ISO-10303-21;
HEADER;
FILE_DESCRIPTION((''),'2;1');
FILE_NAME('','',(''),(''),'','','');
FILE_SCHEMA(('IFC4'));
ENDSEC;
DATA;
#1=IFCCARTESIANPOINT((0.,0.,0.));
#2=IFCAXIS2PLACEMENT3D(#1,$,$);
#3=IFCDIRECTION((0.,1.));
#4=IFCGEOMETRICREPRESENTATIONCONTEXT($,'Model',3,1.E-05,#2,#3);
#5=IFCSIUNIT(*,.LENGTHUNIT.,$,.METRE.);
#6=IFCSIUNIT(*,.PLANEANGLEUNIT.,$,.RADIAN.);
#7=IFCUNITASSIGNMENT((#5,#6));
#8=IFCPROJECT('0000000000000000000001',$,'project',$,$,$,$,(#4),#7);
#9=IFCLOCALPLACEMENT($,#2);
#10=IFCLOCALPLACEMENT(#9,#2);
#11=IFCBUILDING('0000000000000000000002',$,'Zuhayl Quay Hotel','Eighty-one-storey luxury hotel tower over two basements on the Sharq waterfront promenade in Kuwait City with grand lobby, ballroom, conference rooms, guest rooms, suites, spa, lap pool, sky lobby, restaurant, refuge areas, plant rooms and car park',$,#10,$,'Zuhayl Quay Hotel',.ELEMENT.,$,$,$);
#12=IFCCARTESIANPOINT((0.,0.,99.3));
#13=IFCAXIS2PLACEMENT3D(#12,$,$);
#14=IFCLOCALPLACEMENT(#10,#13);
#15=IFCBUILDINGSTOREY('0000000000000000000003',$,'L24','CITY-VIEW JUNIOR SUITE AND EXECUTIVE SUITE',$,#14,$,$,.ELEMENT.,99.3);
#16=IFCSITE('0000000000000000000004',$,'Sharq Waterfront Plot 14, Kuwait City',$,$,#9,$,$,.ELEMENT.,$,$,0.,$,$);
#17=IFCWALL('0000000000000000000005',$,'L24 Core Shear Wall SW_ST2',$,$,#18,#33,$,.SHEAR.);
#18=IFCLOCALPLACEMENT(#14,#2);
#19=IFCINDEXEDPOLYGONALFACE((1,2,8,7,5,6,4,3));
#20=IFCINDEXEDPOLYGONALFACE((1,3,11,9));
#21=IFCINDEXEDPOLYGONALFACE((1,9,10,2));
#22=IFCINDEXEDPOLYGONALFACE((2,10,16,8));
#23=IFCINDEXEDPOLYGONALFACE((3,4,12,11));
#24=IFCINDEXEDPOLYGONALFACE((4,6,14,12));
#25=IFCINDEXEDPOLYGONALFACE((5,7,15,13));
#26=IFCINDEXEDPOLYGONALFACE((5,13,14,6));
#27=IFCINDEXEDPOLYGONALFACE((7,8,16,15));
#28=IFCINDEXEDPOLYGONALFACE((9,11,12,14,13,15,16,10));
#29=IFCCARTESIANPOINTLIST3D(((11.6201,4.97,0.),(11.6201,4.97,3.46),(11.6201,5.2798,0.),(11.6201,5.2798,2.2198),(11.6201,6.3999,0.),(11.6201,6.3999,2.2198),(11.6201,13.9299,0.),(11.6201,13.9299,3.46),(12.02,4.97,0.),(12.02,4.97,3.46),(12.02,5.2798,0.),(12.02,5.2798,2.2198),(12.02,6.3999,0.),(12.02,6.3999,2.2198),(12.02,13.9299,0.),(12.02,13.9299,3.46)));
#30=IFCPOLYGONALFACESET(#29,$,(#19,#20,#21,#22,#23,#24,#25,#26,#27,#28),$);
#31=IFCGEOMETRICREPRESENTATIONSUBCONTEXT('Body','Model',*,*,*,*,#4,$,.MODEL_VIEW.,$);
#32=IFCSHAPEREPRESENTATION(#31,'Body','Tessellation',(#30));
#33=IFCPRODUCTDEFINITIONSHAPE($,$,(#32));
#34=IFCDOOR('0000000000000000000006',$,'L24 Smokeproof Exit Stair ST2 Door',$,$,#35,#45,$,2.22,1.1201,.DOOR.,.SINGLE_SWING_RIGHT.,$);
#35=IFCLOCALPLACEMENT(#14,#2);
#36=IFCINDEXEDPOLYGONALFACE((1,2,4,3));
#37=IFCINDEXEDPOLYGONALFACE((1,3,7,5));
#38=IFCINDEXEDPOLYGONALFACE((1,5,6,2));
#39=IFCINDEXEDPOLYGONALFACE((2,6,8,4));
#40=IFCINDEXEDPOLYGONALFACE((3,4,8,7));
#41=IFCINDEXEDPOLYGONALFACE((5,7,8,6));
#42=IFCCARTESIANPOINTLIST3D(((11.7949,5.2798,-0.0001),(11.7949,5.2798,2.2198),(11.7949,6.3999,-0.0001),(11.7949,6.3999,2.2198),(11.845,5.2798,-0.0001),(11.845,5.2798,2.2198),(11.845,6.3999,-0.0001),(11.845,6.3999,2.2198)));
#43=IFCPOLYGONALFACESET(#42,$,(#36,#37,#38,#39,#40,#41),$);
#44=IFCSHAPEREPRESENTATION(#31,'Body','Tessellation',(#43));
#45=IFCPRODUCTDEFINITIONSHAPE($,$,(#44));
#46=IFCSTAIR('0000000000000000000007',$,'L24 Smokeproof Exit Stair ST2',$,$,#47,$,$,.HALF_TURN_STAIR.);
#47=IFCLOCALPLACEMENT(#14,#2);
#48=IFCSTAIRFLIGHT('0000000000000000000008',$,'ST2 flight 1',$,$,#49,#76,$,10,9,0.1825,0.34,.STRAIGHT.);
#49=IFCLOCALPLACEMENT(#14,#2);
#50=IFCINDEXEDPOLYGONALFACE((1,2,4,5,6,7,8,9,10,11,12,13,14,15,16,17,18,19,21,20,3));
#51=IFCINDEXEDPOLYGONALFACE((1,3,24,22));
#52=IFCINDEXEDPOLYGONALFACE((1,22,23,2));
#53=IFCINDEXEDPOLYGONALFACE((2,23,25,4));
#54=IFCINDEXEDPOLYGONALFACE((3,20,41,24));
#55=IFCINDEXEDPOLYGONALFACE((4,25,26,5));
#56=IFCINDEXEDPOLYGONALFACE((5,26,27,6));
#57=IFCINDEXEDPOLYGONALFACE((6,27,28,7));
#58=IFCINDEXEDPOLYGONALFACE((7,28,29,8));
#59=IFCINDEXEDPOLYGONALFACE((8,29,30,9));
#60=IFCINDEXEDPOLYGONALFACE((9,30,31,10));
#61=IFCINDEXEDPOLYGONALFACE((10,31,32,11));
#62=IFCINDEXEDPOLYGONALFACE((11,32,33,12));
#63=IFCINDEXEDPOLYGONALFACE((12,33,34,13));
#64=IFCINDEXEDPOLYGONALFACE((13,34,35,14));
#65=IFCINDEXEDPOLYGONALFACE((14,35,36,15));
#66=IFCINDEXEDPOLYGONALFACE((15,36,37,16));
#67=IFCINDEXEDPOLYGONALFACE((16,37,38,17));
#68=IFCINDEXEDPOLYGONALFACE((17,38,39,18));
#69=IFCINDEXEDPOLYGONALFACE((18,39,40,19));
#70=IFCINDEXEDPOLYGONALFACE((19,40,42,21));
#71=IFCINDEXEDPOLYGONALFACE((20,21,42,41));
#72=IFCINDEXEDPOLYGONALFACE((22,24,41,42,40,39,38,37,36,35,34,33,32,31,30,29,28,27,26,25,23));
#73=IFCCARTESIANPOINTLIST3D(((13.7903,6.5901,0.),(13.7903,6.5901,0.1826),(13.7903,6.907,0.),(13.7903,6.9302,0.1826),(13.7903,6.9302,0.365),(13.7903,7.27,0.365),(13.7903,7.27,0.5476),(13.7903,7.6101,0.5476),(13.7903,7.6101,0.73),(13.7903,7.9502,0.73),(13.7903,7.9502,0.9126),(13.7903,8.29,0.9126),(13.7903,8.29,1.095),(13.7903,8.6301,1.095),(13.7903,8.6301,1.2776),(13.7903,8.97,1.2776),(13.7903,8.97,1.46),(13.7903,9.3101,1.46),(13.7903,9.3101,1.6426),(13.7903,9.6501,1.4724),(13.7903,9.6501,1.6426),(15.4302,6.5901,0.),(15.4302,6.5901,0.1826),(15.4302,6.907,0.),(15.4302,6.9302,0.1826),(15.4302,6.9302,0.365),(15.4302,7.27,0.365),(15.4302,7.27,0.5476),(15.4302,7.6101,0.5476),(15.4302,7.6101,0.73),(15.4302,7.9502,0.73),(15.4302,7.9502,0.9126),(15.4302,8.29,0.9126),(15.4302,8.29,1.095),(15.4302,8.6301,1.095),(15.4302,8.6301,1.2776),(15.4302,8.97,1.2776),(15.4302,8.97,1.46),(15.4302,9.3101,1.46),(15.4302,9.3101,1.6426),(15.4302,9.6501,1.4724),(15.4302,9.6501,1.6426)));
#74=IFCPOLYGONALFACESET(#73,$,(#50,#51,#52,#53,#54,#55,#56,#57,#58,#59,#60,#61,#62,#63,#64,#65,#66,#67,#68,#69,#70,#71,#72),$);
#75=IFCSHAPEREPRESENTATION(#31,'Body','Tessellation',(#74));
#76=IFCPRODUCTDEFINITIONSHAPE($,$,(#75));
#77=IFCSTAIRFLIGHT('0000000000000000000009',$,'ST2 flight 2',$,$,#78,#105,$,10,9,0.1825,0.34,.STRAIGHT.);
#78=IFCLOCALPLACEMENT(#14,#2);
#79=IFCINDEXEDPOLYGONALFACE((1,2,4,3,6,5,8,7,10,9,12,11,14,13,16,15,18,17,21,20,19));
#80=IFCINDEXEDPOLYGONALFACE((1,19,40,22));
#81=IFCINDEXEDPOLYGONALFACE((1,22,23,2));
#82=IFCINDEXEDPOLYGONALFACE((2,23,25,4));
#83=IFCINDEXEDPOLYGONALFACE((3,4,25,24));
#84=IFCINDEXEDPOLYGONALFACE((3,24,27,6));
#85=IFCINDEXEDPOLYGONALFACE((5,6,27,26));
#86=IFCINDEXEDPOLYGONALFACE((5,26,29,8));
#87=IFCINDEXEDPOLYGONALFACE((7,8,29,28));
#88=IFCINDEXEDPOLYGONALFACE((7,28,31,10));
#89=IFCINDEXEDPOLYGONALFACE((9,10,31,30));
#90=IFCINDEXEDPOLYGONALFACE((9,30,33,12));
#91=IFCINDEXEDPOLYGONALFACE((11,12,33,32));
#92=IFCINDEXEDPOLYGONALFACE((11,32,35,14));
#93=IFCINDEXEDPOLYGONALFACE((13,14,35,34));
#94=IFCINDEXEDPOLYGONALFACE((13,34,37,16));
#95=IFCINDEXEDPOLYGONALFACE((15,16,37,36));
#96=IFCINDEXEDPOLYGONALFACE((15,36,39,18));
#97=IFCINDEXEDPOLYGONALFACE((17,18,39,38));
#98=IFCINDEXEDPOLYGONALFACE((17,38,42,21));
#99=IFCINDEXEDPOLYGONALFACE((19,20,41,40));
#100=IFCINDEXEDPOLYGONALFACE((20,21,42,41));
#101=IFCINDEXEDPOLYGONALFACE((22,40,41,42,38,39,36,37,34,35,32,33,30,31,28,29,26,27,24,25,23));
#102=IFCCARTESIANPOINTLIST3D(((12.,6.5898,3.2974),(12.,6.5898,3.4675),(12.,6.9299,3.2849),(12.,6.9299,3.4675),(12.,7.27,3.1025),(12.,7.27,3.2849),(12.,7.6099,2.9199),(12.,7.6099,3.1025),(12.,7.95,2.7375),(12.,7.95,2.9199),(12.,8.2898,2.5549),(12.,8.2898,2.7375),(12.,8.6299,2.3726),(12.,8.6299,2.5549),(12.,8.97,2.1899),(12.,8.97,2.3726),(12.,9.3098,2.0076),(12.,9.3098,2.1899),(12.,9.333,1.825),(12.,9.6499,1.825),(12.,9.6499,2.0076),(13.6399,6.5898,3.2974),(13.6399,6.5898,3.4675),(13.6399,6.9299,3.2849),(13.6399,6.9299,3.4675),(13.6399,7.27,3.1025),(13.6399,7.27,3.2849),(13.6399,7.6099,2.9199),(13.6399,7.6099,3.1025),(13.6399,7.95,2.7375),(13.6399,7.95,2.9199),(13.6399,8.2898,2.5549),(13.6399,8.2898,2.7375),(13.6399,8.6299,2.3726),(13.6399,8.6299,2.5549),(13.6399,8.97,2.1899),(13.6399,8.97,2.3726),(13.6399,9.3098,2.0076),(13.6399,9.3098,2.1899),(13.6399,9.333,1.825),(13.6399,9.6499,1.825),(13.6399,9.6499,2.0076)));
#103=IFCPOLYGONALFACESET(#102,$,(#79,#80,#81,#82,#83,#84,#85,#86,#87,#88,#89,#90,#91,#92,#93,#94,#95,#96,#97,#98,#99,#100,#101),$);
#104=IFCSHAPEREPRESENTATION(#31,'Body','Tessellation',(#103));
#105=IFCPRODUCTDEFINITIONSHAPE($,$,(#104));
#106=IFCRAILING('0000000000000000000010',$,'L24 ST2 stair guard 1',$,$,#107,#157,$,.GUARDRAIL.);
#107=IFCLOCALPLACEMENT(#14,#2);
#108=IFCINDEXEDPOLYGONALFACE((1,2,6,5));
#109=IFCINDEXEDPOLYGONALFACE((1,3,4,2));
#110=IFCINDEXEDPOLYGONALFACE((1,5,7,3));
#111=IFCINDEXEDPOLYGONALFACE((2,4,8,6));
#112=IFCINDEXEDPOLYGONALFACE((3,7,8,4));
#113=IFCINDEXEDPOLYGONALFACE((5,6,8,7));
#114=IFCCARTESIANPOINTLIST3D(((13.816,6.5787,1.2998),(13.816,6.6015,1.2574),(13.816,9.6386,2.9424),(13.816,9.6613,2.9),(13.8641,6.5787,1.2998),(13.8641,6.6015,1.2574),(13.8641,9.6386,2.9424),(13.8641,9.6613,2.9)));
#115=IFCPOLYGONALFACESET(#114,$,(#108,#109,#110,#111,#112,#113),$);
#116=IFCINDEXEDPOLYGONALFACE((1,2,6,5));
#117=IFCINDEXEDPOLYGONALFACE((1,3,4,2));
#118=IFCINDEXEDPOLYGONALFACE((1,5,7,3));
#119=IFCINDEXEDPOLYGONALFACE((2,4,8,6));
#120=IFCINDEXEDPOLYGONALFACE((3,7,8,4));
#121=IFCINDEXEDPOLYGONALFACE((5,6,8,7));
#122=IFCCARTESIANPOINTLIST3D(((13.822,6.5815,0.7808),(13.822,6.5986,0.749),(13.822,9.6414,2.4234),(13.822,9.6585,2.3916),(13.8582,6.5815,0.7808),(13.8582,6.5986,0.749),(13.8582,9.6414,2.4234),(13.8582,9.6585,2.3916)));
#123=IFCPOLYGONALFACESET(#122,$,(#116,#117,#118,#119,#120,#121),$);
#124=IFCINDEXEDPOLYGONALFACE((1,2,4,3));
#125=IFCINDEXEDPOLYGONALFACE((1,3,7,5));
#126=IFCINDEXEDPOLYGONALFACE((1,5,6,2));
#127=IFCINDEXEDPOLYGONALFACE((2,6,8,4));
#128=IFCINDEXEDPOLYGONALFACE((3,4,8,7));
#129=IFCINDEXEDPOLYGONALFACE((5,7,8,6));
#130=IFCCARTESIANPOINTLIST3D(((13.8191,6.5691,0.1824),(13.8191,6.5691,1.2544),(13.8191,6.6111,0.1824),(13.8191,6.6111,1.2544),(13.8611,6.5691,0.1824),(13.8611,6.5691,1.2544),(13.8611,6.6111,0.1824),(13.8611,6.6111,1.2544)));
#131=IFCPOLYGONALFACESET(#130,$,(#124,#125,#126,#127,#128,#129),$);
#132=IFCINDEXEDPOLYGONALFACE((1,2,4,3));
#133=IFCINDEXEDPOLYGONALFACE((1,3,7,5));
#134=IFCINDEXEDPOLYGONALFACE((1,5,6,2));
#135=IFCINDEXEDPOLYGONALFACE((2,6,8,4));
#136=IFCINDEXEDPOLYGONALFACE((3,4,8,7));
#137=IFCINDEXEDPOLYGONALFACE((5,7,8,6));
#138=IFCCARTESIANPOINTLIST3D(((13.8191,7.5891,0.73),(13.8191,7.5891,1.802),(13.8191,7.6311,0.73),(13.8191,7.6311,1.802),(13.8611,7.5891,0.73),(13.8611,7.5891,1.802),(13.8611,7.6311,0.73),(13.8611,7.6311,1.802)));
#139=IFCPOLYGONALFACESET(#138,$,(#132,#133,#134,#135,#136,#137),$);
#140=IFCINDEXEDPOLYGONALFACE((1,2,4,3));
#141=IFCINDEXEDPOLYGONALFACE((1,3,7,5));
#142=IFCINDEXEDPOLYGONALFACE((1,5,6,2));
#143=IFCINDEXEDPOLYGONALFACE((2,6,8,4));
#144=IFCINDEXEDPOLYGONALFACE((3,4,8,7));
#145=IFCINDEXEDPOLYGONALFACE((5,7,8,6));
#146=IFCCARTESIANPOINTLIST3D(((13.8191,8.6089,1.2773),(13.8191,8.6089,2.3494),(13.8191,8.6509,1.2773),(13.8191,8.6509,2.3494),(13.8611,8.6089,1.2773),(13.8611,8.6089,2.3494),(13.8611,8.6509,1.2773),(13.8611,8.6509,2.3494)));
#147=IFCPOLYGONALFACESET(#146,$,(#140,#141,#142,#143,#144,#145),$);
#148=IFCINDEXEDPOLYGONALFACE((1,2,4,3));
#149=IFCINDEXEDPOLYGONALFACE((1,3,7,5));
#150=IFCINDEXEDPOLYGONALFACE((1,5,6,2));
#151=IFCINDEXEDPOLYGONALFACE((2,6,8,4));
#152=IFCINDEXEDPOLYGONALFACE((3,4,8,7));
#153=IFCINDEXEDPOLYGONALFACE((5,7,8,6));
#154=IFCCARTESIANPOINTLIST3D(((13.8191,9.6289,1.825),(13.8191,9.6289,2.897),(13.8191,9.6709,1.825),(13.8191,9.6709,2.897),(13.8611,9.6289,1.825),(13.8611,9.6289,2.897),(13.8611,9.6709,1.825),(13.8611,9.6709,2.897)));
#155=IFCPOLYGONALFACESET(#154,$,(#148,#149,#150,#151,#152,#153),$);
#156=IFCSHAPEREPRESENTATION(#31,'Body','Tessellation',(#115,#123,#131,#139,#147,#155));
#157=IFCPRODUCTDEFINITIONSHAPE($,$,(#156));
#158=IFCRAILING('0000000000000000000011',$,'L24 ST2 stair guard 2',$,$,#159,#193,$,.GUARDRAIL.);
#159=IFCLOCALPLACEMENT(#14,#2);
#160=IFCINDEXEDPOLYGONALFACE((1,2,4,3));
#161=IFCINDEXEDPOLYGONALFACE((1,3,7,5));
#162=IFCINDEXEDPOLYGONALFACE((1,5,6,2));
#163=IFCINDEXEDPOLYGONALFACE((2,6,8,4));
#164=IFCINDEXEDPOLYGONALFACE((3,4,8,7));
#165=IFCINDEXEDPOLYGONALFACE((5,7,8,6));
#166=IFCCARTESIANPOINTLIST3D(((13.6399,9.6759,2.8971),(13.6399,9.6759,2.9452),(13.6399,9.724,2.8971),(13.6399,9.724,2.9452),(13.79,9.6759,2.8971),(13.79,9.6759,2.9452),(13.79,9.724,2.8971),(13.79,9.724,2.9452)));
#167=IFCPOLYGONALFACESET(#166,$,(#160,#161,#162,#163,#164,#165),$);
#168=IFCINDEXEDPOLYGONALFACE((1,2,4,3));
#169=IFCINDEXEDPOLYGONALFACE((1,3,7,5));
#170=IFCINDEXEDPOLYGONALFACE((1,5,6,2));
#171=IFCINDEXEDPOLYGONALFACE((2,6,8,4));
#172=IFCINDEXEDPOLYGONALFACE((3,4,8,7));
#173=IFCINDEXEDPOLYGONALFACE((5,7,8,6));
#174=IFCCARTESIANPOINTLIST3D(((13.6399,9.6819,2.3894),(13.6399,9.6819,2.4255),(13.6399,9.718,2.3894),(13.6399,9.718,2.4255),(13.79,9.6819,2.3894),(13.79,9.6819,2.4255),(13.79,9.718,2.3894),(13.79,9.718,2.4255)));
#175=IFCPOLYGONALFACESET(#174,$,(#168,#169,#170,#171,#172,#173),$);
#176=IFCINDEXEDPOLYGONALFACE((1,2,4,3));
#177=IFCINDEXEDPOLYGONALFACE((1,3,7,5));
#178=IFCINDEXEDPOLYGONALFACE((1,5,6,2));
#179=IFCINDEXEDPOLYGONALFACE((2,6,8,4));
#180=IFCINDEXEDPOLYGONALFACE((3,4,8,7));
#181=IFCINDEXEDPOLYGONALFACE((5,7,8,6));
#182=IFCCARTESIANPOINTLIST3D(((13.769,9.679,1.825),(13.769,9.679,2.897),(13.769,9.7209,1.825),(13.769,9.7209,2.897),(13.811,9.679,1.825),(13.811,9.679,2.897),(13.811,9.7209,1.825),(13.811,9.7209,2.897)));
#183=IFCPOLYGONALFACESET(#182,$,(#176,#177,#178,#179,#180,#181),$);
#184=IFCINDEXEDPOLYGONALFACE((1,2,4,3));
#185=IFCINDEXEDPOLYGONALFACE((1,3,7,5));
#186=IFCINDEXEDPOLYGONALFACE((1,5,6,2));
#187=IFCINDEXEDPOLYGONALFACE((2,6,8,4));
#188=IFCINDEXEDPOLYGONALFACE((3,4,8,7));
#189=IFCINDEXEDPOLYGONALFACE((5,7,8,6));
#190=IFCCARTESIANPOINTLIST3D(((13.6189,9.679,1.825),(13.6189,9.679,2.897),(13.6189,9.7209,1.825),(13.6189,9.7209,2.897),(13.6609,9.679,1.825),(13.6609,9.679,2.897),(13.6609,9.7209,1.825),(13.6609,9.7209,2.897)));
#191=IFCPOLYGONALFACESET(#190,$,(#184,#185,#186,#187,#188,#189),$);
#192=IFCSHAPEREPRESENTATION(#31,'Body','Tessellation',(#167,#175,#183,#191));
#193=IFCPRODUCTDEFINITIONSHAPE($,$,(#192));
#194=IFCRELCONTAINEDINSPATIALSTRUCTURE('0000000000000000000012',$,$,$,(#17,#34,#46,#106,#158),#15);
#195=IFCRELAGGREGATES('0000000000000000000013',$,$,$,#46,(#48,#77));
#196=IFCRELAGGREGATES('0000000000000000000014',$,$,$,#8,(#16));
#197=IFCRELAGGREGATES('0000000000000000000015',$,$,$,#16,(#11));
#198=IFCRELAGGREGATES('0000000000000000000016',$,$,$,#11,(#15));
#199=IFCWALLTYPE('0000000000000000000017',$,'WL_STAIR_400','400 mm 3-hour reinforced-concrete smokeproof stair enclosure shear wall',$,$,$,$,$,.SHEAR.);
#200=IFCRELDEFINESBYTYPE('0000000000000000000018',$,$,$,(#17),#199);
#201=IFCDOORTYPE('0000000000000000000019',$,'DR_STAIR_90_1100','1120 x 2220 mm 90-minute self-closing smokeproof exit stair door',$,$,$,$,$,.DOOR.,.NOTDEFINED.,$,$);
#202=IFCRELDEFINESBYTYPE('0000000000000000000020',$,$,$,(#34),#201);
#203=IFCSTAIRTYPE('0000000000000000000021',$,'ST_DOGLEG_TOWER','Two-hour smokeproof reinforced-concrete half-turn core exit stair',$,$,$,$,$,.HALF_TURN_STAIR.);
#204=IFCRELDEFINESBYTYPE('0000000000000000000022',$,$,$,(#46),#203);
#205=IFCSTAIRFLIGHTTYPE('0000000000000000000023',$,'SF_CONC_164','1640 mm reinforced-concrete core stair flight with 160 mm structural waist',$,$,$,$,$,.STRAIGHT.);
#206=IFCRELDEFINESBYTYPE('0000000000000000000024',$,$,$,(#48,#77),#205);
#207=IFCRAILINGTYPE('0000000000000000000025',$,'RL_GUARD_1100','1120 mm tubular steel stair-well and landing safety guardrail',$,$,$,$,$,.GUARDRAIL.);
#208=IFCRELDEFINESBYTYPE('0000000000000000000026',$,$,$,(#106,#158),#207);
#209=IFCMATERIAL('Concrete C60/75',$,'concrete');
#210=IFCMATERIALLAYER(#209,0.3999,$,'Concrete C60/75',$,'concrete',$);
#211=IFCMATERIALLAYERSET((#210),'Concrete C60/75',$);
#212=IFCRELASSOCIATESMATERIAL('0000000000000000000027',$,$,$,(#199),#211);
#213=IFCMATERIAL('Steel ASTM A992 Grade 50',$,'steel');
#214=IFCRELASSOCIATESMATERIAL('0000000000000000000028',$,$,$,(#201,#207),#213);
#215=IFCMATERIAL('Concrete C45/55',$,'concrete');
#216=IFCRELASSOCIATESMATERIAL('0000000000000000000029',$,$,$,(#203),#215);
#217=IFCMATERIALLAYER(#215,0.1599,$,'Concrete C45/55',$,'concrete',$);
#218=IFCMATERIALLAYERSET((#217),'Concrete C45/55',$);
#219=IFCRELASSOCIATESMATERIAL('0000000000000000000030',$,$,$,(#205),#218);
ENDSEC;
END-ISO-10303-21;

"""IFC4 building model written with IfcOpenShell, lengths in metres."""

from ifc_helpers import new_model, si_unit, direction, frame, frame_2d, origin, origin_2d, place, context, subcontext, project, spatial, polyline, rectangle, outline, extrude, material, layer, layer_set, type_object, element, fill, aggregate, save


model = new_model("IFC4")

# Units and contexts
model_context = context("Model", 3, precision=1e-05, world=origin(), true_north=direction((0.0, 1.0)))
body_context = subcontext(model_context, "Body", "Model", "MODEL_VIEW")
ifc_project = project(units=[si_unit("LENGTHUNIT", "METRE"), si_unit("PLANEANGLEUNIT", "RADIAN")], contexts=[model_context])

# Site, building, storey
site_placement = place(None, origin())
site = spatial("IfcSite", under=ifc_project, at=site_placement, Name="Sharq Waterfront Plot 14, Kuwait City", CompositionType="ELEMENT", RefElevation=0.0)
building_placement = place(site_placement, origin())
building = spatial("IfcBuilding", under=site, at=building_placement, Name="Zuhayl Quay Hotel", Description="Eighty-one-storey luxury hotel tower over two basements on the Sharq waterfront promenade in Kuwait City with grand lobby, ballroom, conference rooms, guest rooms, suites, spa, lap pool, sky lobby, restaurant, refuge areas, plant rooms and car park", LongName="Zuhayl Quay Hotel", CompositionType="ELEMENT")
storey_placement = place(building_placement, frame((0.0, 0.0, 99.3)))
storey = spatial("IfcBuildingStorey", under=building, at=storey_placement, Name="L24", Description="CITY-VIEW JUNIOR SUITE AND EXECUTIVE SUITE", CompositionType="ELEMENT", Elevation=99.3)

# Shared definitions
ifc_material_1 = material(Name="Steel ASTM A992 Grade 50", Category="steel")

# Shared definitions
ifc_material_2 = material(Name="Concrete C60/75", Category="concrete")

# Wall, opening, door
ifc_layer_1 = layer(ifc_material_2, 0.3999, Name="Concrete C60/75", Category="concrete")
ifc_layer_set_1 = layer_set([ifc_layer_1], Name="Concrete C60/75")
wall_type_1 = type_object("IfcWallType", Name="WL_STAIR_400", Description="400 mm 3-hour reinforced-concrete smokeproof stair enclosure shear wall", PredefinedType="SHEAR", material=ifc_layer_set_1)
wall_1_placement = place(storey_placement, frame((11.8201, 13.9299, 0.0), z_axis=(0.0, 0.0, 1.0), x_axis=(0.0, -1.0, 0.0)))
wall_1 = element("IfcWall", 1, at=wall_1_placement, inside=storey, type_object=wall_type_1, Name="L24 Core Shear Wall SW_ST2", PredefinedType="SHEAR", context=body_context, shape_type="SweptSolid", body=[
    extrude(rectangle(XDim=8.96, YDim=0.3999, at=frame_2d((4.48, 0.0))), origin(), (0.0, 0.0, 1.0), 3.46),
])
opening_1_placement = place(wall_1_placement, frame((7.53, 0.0, 0.0)))
opening_1 = element("IfcOpeningElement", 2, at=opening_1_placement, cuts=wall_1, PredefinedType="OPENING", context=body_context, shape_type="SweptSolid", body=[
    extrude(rectangle(XDim=1.1201, YDim=2.22, at=frame_2d((0.5601, 1.1099))), frame((0.0, 0.21, 0.0), z_axis=(0.0, -1.0, 0.0), x_axis=(1.0, 0.0, 0.0)), (0.0, 0.0, 1.0), 0.4199),
])
door_type_1 = type_object("IfcDoorType", Name="DR_STAIR_90_1100", Description="1120 x 2220 mm 90-minute self-closing smokeproof exit stair door", OperationType="NOTDEFINED", PredefinedType="DOOR", material=ifc_material_1)
door_1_placement = place(opening_1_placement, origin())
door_1 = element("IfcDoor", 3, at=door_1_placement, inside=storey, type_object=door_type_1, Name="L24 Smokeproof Exit Stair ST2 Door", OperationType="SINGLE_SWING_RIGHT", OverallHeight=2.22, OverallWidth=1.1201, PredefinedType="DOOR", context=body_context, shape_type="SweptSolid", body=[
    extrude(rectangle(XDim=1.1201, YDim=2.22, at=frame_2d((0.5601, 1.1099))), frame((0.0, 0.0249, 0.0), z_axis=(0.0, -1.0, 0.0), x_axis=(1.0, 0.0, 0.0)), (0.0, 0.0, 1.0), 0.05),
])
fill(opening_1, door_1)

# Stair, stair flights
ifc_material_3 = material(Name="Concrete C45/55", Category="concrete")
stair_type = type_object("IfcStairType", Name="ST_DOGLEG_TOWER", Description="Two-hour smokeproof reinforced-concrete half-turn core exit stair", PredefinedType="HALF_TURN_STAIR", material=ifc_material_3)
stair_placement = place(storey_placement, origin())
stair = element("IfcStair", 4, at=stair_placement, inside=storey, type_object=stair_type, Name="L24 Smokeproof Exit Stair ST2", PredefinedType="HALF_TURN_STAIR")
ifc_layer_2 = layer(ifc_material_3, 0.1599, Name="Concrete C45/55", Category="concrete")
ifc_layer_set_2 = layer_set([ifc_layer_2], Name="Concrete C45/55")
stair_flight_type = type_object("IfcStairFlightType", Name="SF_CONC_164", Description="1640 mm reinforced-concrete core stair flight with 160 mm structural waist", PredefinedType="STRAIGHT", material=ifc_layer_set_2)
stair_flight_1_placement = place(storey_placement, frame((14.6101, 6.5901, 0.0), z_axis=(0.0, 0.0, 1.0), x_axis=(0.0, 1.0, 0.0)))
stair_flight_1 = element("IfcStairFlight", 5, at=stair_flight_1_placement, type_object=stair_flight_type, Name="ST2 flight 1", NumberOfRisers=10, NumberOfTreads=9, PredefinedType="STRAIGHT", RiserHeight=0.1825, TreadLength=0.34, context=body_context, shape_type="SweptSolid", body=[
    extrude(outline(polyline([(0.0, 0.0), (0.0, 0.1826), (0.3401, 0.1826), (0.3401, 0.365), (0.6799, 0.365), (0.6799, 0.5476), (1.02, 0.5476), (1.02, 0.73), (1.3601, 0.73), (1.3601, 0.9126), (1.7, 0.9126), (1.7, 1.095), (2.04, 1.095), (2.04, 1.2776), (2.3799, 1.2776), (2.3799, 1.46), (2.72, 1.46), (2.72, 1.6426), (3.0601, 1.6426), (3.0601, 1.825), (3.0601, 1.4724), (0.3169, 0.0), (0.0, 0.0)])), frame((0.0, 0.8198, 0.0), z_axis=(0.0, -1.0, 0.0), x_axis=(1.0, 0.0, 0.0)), (0.0, 0.0, 1.0), 1.6399),
])
stair_flight_2_placement = place(storey_placement, frame((12.8201, 9.6499, 1.825), z_axis=(0.0, 0.0, 1.0), x_axis=(0.0, -1.0, 0.0)))
stair_flight_2 = element("IfcStairFlight", 6, at=stair_flight_2_placement, type_object=stair_flight_type, Name="ST2 flight 2", NumberOfRisers=10, NumberOfTreads=9, PredefinedType="STRAIGHT", RiserHeight=0.1825, TreadLength=0.34, context=body_context, shape_type="SweptSolid", body=[
    extrude(outline(polyline([(0.0, 0.0), (0.0, 0.1826), (0.3401, 0.1826), (0.3401, 0.365), (0.6799, 0.365), (0.6799, 0.5476), (1.02, 0.5476), (1.02, 0.73), (1.3601, 0.73), (1.3601, 0.9126), (1.7, 0.9126), (1.7, 1.095), (2.04, 1.095), (2.04, 1.2776), (2.3799, 1.2776), (2.3799, 1.46), (2.72, 1.46), (2.72, 1.6426), (3.0601, 1.6426), (3.0601, 1.825), (3.0601, 1.4724), (0.3169, 0.0), (0.0, 0.0)])), frame((0.0, 0.8198, 0.0), z_axis=(0.0, -1.0, 0.0), x_axis=(1.0, 0.0, 0.0)), (0.0, 0.0, 1.0), 1.6399),
])
aggregate(stair, [stair_flight_1, stair_flight_2])

# Railings
railing_type_1 = type_object("IfcRailingType", Name="RL_GUARD_1100", Description="1120 mm tubular steel stair-well and landing safety guardrail", PredefinedType="GUARDRAIL", material=ifc_material_1)
railing_1_placement = place(storey_placement, frame((13.8401, 6.5901, 0.1824)))
element("IfcRailing", 7, at=railing_1_placement, inside=storey, type_object=railing_type_1, Name="L24 ST2 stair guard 1", PredefinedType="GUARDRAIL", context=body_context, shape_type="SweptSolid", body=[
    extrude(rectangle(XDim=0.0481, YDim=0.0481, at=origin_2d()), frame((0.0, 0.0, 1.0962), z_axis=(0.0, 0.881073, 0.47298), x_axis=(-1.0, 0.0, 0.0)), (0.0, 0.0, 1.0), 3.4729),
    extrude(rectangle(XDim=0.0361, YDim=0.0361, at=origin_2d()), frame((0.0, 0.0, 0.5825), z_axis=(0.0, 0.881073, 0.47298), x_axis=(-1.0, 0.0, 0.0)), (0.0, 0.0, 1.0), 3.4729),
    extrude(rectangle(XDim=0.042, YDim=0.042, at=origin_2d()), origin(), (0.0, 0.0, 1.0), 1.072),
    extrude(rectangle(XDim=0.042, YDim=0.042, at=origin_2d()), frame((0.0, 1.02, 0.5476)), (0.0, 0.0, 1.0), 1.072),
    extrude(rectangle(XDim=0.042, YDim=0.042, at=origin_2d()), frame((0.0, 2.0398, 1.095)), (0.0, 0.0, 1.0), 1.072),
    extrude(rectangle(XDim=0.042, YDim=0.042, at=origin_2d()), frame((0.0, 3.0598, 1.6426)), (0.0, 0.0, 1.0), 1.072),
])
railing_2_placement = place(storey_placement, frame((13.79, 9.7, 1.825)))
element("IfcRailing", 8, at=railing_2_placement, inside=storey, type_object=railing_type_1, Name="L24 ST2 stair guard 2", PredefinedType="GUARDRAIL", context=body_context, shape_type="SweptSolid", body=[
    extrude(rectangle(XDim=0.0481, YDim=0.0481, at=origin_2d()), frame((0.0, 0.0, 1.0962), z_axis=(-1.0, 0.0, 0.0), x_axis=(0.0, -1.0, 0.0)), (0.0, 0.0, 1.0), 0.1501),
    extrude(rectangle(XDim=0.0361, YDim=0.0361, at=origin_2d()), frame((0.0, 0.0, 0.5825), z_axis=(-1.0, 0.0, 0.0), x_axis=(0.0, -1.0, 0.0)), (0.0, 0.0, 1.0), 0.1501),
    extrude(rectangle(XDim=0.042, YDim=0.042, at=origin_2d()), origin(), (0.0, 0.0, 1.0), 1.072),
    extrude(rectangle(XDim=0.042, YDim=0.042, at=origin_2d()), frame((-0.1501, 0.0, 0.0)), (0.0, 0.0, 1.0), 1.072),
])

save(model, "model.ifc")
